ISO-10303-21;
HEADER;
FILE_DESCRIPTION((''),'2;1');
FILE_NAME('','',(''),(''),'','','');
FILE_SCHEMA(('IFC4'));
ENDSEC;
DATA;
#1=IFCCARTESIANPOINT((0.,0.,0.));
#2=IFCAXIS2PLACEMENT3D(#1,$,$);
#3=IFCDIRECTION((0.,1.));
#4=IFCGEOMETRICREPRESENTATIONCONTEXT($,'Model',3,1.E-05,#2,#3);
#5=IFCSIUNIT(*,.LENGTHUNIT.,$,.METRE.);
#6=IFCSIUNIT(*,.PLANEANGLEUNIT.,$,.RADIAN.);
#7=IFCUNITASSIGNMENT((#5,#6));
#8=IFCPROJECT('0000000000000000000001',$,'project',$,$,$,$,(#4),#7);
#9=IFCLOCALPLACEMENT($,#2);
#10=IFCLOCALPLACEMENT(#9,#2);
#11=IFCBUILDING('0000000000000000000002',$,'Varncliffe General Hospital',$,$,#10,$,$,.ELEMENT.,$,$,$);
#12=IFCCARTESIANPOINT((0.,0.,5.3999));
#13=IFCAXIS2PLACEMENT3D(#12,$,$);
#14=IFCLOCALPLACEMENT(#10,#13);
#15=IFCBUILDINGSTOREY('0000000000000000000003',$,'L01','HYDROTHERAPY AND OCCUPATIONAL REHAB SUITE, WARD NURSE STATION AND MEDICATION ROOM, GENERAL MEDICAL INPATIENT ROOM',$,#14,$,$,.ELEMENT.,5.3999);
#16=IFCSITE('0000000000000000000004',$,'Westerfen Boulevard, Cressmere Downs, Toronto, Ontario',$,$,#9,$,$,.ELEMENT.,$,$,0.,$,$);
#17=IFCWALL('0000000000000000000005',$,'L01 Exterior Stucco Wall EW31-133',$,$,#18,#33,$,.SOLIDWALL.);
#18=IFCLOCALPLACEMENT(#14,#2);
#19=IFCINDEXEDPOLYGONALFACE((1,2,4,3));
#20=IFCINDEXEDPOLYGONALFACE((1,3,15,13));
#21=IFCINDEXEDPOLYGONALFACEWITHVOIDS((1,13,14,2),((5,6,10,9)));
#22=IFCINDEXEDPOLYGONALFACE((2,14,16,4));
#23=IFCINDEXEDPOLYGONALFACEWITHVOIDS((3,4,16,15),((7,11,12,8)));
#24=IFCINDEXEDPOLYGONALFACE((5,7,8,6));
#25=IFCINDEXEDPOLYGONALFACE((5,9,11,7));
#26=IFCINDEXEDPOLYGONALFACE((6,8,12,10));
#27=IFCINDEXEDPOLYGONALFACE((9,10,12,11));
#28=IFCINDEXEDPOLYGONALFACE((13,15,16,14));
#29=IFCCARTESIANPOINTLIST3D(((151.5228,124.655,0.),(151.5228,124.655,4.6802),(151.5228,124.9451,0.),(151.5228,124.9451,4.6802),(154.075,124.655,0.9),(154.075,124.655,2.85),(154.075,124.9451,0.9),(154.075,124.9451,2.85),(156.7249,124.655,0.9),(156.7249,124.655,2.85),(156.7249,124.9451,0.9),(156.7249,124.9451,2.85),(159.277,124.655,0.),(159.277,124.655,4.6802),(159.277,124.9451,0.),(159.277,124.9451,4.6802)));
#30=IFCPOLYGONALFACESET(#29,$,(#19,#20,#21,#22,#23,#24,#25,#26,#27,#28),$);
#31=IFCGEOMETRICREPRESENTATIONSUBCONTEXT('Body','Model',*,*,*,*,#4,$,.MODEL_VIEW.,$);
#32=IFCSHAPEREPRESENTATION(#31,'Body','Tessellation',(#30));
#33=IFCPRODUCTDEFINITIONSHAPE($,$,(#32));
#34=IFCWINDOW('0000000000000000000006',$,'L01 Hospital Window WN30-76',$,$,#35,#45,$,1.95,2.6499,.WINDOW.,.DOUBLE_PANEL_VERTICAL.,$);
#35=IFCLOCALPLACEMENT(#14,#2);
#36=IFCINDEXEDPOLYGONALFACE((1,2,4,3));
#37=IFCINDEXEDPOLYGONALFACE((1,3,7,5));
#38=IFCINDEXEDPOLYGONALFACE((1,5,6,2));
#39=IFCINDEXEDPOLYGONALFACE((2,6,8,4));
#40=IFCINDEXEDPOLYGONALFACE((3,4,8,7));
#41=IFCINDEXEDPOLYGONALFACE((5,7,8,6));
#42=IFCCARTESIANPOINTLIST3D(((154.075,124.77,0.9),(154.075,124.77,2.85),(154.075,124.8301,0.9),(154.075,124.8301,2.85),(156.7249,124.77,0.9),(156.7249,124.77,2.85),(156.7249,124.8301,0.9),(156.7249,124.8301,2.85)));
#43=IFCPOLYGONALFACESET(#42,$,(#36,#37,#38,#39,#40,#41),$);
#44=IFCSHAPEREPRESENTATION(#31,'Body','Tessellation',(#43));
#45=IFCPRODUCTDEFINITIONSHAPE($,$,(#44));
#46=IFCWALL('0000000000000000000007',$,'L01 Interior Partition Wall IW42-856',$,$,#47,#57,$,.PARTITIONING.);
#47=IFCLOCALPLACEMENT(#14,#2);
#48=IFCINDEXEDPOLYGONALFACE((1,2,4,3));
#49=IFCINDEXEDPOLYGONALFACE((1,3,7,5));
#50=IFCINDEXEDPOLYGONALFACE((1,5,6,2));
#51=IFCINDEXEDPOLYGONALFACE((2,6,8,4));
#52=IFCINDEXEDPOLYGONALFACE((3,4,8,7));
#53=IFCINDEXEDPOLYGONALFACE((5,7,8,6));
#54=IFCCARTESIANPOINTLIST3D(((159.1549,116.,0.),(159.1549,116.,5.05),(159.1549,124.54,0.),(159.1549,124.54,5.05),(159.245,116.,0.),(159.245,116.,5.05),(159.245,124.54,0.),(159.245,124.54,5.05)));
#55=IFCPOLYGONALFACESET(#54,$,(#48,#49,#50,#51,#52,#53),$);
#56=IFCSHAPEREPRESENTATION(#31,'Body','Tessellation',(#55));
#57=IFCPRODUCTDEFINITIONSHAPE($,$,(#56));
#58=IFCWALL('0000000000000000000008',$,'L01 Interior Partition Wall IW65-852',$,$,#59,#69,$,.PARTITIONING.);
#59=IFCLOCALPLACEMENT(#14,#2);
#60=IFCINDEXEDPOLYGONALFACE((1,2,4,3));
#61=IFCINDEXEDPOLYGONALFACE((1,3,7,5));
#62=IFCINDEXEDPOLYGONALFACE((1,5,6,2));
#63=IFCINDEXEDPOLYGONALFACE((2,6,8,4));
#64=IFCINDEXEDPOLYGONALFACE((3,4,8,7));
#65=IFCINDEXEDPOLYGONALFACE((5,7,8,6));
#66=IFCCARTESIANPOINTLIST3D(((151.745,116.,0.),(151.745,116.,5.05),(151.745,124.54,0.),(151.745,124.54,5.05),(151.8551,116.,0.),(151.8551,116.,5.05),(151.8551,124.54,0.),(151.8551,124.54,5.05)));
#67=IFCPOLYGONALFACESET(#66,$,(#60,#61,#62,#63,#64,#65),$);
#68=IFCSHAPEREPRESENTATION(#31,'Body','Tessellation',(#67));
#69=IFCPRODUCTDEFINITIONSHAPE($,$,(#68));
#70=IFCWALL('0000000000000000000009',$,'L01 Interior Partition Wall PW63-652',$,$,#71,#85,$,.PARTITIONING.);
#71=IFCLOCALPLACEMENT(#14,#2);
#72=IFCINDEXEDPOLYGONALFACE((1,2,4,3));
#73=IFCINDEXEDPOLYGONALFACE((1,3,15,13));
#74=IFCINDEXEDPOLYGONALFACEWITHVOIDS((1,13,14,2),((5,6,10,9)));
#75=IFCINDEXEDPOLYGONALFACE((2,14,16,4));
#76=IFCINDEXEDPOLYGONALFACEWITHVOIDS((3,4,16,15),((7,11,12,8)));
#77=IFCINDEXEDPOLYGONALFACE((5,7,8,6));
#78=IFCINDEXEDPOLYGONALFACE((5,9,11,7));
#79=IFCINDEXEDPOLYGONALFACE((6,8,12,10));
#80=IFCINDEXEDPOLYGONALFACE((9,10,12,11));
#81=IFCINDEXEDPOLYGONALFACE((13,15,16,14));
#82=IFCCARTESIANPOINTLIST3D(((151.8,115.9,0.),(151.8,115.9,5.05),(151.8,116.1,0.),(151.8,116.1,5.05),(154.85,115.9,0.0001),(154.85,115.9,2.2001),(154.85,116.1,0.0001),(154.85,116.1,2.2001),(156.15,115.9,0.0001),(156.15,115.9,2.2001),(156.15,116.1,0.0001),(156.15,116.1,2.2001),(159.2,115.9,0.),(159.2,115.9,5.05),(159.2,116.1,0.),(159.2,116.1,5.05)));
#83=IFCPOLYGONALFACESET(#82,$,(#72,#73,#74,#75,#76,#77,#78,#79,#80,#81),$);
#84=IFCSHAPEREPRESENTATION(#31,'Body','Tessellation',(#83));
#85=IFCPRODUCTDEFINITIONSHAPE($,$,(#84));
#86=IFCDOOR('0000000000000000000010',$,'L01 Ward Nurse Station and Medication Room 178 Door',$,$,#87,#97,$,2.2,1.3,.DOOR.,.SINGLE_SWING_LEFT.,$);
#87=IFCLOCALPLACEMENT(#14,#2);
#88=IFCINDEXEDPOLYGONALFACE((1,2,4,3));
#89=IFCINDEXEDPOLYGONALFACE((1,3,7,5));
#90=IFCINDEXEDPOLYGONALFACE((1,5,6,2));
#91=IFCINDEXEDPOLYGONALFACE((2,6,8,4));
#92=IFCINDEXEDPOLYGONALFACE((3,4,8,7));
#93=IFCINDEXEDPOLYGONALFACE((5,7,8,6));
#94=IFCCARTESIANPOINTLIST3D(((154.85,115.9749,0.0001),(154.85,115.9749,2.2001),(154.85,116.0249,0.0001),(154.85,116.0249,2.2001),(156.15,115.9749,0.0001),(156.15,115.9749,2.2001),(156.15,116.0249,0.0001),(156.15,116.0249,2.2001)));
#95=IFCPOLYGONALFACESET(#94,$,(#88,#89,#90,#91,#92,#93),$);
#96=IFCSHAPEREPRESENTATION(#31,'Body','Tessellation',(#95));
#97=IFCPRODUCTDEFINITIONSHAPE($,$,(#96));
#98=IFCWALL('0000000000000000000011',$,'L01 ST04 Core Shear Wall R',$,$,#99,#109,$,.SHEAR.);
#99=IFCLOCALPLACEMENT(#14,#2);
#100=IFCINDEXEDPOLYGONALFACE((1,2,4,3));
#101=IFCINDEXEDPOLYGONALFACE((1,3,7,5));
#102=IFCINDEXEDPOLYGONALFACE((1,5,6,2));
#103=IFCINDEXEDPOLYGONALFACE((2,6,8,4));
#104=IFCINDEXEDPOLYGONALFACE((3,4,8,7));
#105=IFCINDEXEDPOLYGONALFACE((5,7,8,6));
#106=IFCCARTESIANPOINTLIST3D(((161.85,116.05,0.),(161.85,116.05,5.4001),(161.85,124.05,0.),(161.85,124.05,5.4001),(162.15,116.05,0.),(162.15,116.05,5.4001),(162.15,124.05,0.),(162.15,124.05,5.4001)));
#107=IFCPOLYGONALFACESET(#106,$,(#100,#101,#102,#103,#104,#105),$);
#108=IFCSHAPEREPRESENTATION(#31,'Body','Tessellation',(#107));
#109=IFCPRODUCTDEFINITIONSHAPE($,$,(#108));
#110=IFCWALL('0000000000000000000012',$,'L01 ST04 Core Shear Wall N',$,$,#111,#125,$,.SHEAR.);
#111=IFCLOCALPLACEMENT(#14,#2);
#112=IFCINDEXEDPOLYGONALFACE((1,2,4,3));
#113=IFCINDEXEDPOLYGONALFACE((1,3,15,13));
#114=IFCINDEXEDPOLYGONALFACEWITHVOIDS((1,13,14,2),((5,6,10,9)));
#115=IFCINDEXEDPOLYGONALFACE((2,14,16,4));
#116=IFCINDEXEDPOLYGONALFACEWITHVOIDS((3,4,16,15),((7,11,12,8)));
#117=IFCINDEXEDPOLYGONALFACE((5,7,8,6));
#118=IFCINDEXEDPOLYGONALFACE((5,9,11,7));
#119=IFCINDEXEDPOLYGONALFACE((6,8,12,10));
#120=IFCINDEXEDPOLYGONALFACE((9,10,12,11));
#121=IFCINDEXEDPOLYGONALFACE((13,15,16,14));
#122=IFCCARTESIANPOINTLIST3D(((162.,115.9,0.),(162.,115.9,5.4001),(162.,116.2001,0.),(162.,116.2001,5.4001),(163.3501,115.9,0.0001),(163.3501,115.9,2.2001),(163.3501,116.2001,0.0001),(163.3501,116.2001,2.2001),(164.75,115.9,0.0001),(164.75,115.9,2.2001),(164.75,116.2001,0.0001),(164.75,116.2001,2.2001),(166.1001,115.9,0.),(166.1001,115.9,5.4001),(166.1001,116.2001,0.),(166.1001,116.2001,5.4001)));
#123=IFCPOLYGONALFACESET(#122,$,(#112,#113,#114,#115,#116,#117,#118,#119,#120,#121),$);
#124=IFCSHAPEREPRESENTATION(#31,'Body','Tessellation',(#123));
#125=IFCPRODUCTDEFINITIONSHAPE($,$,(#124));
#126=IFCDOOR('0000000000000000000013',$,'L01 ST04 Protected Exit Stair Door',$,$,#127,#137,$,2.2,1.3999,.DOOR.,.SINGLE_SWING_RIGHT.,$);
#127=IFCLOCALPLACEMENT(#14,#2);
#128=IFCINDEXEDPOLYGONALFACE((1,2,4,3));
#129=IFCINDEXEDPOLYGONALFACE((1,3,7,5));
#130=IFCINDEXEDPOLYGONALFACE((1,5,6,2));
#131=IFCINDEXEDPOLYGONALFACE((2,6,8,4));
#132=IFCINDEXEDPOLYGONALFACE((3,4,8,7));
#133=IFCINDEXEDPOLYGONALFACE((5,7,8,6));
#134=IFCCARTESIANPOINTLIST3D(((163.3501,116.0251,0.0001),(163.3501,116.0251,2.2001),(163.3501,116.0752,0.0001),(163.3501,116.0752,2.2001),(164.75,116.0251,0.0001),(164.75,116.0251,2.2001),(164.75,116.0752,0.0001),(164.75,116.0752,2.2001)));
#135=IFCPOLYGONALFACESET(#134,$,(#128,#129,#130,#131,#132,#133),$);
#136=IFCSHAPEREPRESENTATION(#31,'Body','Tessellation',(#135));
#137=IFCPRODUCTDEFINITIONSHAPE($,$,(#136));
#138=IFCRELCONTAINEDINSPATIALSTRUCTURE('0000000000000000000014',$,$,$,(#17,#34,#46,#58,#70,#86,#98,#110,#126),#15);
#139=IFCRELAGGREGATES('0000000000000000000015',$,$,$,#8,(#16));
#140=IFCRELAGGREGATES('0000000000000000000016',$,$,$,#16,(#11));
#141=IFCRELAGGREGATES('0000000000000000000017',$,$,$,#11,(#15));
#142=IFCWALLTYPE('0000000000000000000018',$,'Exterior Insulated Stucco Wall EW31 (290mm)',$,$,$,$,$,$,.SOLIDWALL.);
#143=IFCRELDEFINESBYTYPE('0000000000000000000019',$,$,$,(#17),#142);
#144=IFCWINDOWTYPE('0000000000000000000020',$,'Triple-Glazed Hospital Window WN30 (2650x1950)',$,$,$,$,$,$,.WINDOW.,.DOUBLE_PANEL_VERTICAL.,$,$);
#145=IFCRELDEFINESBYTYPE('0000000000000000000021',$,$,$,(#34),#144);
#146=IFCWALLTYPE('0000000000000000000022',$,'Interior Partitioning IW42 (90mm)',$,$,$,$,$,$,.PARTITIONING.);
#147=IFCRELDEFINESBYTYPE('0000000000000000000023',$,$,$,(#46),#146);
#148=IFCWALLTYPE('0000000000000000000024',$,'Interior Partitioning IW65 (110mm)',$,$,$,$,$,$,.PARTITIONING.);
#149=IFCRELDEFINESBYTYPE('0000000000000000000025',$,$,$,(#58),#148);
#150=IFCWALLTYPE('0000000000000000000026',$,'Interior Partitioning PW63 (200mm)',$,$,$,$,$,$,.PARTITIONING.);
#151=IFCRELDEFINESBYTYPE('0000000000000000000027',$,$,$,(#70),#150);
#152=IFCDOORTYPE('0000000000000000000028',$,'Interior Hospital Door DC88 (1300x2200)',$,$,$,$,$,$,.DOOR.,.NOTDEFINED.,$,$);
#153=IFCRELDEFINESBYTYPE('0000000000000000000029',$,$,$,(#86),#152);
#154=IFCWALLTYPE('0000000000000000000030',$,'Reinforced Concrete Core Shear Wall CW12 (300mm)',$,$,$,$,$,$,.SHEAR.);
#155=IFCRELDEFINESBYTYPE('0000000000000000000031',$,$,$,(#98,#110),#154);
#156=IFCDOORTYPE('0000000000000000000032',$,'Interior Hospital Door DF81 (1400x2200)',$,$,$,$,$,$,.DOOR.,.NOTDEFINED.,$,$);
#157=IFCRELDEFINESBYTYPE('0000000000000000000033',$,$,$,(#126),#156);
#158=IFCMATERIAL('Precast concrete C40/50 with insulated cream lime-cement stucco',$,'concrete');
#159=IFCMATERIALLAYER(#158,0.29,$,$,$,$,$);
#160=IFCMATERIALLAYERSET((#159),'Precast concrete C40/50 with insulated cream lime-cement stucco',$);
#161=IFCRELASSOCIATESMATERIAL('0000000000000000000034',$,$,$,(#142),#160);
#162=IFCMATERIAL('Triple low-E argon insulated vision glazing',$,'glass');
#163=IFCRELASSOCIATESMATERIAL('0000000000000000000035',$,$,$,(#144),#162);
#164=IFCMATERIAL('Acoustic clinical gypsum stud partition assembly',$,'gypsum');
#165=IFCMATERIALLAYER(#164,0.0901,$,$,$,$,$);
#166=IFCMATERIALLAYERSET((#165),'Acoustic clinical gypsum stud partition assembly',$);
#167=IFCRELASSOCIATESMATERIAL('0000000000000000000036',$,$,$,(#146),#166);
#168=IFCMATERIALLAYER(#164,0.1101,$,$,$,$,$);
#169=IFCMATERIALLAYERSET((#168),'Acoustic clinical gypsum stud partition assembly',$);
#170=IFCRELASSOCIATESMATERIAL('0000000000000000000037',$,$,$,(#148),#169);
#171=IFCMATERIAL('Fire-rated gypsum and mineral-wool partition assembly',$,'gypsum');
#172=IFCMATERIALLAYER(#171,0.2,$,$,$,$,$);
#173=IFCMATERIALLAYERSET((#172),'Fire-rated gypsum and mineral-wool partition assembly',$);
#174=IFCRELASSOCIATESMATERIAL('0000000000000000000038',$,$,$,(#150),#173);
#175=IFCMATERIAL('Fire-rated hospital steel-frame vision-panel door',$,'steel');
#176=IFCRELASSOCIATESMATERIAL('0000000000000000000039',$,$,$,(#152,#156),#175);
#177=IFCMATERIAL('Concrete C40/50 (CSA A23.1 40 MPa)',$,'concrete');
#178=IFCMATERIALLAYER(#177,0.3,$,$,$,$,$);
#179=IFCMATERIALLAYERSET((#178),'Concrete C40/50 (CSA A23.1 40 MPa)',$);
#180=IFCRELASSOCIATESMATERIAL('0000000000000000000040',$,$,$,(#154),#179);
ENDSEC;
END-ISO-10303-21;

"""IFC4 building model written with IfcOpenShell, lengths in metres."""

from ifc_helpers import new_model, si_unit, direction, frame, frame_2d, origin, place, context, subcontext, project, spatial, rectangle, extrude, material, layer, layer_set, type_object, element, fill, save


model = new_model("IFC4")

# Units and contexts
model_context = context("Model", 3, precision=1e-05, world=origin(), true_north=direction((0.0, 1.0)))
body_context = subcontext(model_context, "Body", "Model", "MODEL_VIEW")
ifc_project = project(units=[si_unit("LENGTHUNIT", "METRE"), si_unit("PLANEANGLEUNIT", "RADIAN")], contexts=[model_context])

# Site, building, storey
site_placement = place(None, origin())
site = spatial("IfcSite", under=ifc_project, at=site_placement, Name="Westerfen Boulevard, Cressmere Downs, Toronto, Ontario", CompositionType="ELEMENT", RefElevation=0.0)
building_placement = place(site_placement, origin())
building = spatial("IfcBuilding", under=site, at=building_placement, Name="Varncliffe General Hospital", CompositionType="ELEMENT")
storey_placement = place(building_placement, frame((0.0, 0.0, 5.3999)))
storey = spatial("IfcBuildingStorey", under=building, at=storey_placement, Name="L01", Description="HYDROTHERAPY AND OCCUPATIONAL REHAB SUITE, WARD NURSE STATION AND MEDICATION ROOM, GENERAL MEDICAL INPATIENT ROOM", CompositionType="ELEMENT", Elevation=5.3999)

# Shared definitions
ifc_material_1 = material(Name="Concrete C40/50 (CSA A23.1 40 MPa)", Category="concrete")

# Wall, opening, window
ifc_material_2 = material(Name="Precast concrete C40/50 with insulated cream lime-cement stucco", Category="concrete")
ifc_material_3 = material(Name="Triple low-E argon insulated vision glazing", Category="glass")
ifc_layer_1 = layer(ifc_material_2, 0.29)
ifc_layer_set_1 = layer_set([ifc_layer_1], Name="Precast concrete C40/50 with insulated cream lime-cement stucco")
wall_type_1 = type_object("IfcWallType", Name="Exterior Insulated Stucco Wall EW31 (290mm)", PredefinedType="SOLIDWALL", material=ifc_layer_set_1)
wall_1_placement = place(storey_placement, frame((151.5229, 124.8, 0.0), z_axis=(0.0, 0.0, 1.0), x_axis=(1.0, 0.0, 0.0)))
wall_1 = element("IfcWall", 1, at=wall_1_placement, inside=storey, type_object=wall_type_1, Name="L01 Exterior Stucco Wall EW31-133", PredefinedType="SOLIDWALL", context=body_context, shape_type="SweptSolid", body=[
    extrude(rectangle(XDim=7.7542, YDim=0.29, at=frame_2d((3.877, 0.0))), origin(), (0.0, 0.0, 1.0), 4.6802),
])
opening_1_placement = place(wall_1_placement, frame((2.552, 0.0, 0.8999)))
opening_1 = element("IfcOpeningElement", 2, at=opening_1_placement, cuts=wall_1, PredefinedType="OPENING", context=body_context, shape_type="SweptSolid", body=[
    extrude(rectangle(XDim=2.6499, YDim=1.95, at=frame_2d((1.325, 0.9751))), frame((0.0, 0.155, 0.0), z_axis=(0.0, -1.0, 0.0), x_axis=(1.0, 0.0, 0.0)), (0.0, 0.0, 1.0), 0.3101),
])
window_type_1 = type_object("IfcWindowType", Name="Triple-Glazed Hospital Window WN30 (2650x1950)", PartitioningType="DOUBLE_PANEL_VERTICAL", PredefinedType="WINDOW", material=ifc_material_3)
window_1_placement = place(opening_1_placement, origin())
window_1 = element("IfcWindow", 3, at=window_1_placement, inside=storey, type_object=window_type_1, Name="L01 Hospital Window WN30-76", OverallHeight=1.95, OverallWidth=2.6499, PartitioningType="DOUBLE_PANEL_VERTICAL", PredefinedType="WINDOW", context=body_context, shape_type="SweptSolid", body=[
    extrude(rectangle(XDim=2.6499, YDim=1.95, at=frame_2d((1.325, 0.9751))), frame((0.0, 0.03, 0.0), z_axis=(0.0, -1.0, 0.0), x_axis=(1.0, 0.0, 0.0)), (0.0, 0.0, 1.0), 0.0601),
])
fill(opening_1, window_1)

# Walls
ifc_material_4 = material(Name="Acoustic clinical gypsum stud partition assembly", Category="gypsum")
ifc_layer_2 = layer(ifc_material_4, 0.0901)
ifc_layer_set_2 = layer_set([ifc_layer_2], Name="Acoustic clinical gypsum stud partition assembly")
wall_type_2 = type_object("IfcWallType", Name="Interior Partitioning IW42 (90mm)", PredefinedType="PARTITIONING", material=ifc_layer_set_2)
wall_2_placement = place(storey_placement, frame((159.2, 116.0, 0.0), z_axis=(0.0, 0.0, 1.0), x_axis=(0.0, 1.0, 0.0)))
element("IfcWall", 4, at=wall_2_placement, inside=storey, type_object=wall_type_2, Name="L01 Interior Partition Wall IW42-856", PredefinedType="PARTITIONING", context=body_context, shape_type="SweptSolid", body=[
    extrude(rectangle(XDim=8.54, YDim=0.0901, at=frame_2d((4.27, 0.0))), origin(), (0.0, 0.0, 1.0), 5.05),
])
ifc_layer_3 = layer(ifc_material_4, 0.1101)
ifc_layer_set_3 = layer_set([ifc_layer_3], Name="Acoustic clinical gypsum stud partition assembly")
wall_type_3 = type_object("IfcWallType", Name="Interior Partitioning IW65 (110mm)", PredefinedType="PARTITIONING", material=ifc_layer_set_3)
wall_3_placement = place(storey_placement, frame((151.8, 116.0, 0.0), z_axis=(0.0, 0.0, 1.0), x_axis=(0.0, 1.0, 0.0)))
element("IfcWall", 5, at=wall_3_placement, inside=storey, type_object=wall_type_3, Name="L01 Interior Partition Wall IW65-852", PredefinedType="PARTITIONING", context=body_context, shape_type="SweptSolid", body=[
    extrude(rectangle(XDim=8.54, YDim=0.1101, at=frame_2d((4.27, 0.0))), origin(), (0.0, 0.0, 1.0), 5.05),
])

# Wall, opening, door
ifc_material_5 = material(Name="Fire-rated gypsum and mineral-wool partition assembly", Category="gypsum")
ifc_layer_4 = layer(ifc_material_5, 0.2)
ifc_layer_set_4 = layer_set([ifc_layer_4], Name="Fire-rated gypsum and mineral-wool partition assembly")
wall_type_4 = type_object("IfcWallType", Name="Interior Partitioning PW63 (200mm)", PredefinedType="PARTITIONING", material=ifc_layer_set_4)
wall_4_placement = place(storey_placement, frame((151.8, 116.0, 0.0), z_axis=(0.0, 0.0, 1.0), x_axis=(1.0, 0.0, 0.0)))
wall_4 = element("IfcWall", 6, at=wall_4_placement, inside=storey, type_object=wall_type_4, Name="L01 Interior Partition Wall PW63-652", PredefinedType="PARTITIONING", context=body_context, shape_type="SweptSolid", body=[
    extrude(rectangle(XDim=7.3999, YDim=0.2, at=frame_2d((3.7, 0.0))), origin(), (0.0, 0.0, 1.0), 5.05),
])
opening_2_placement = place(wall_4_placement, frame((3.05, 0.0, 0.0)))
opening_2 = element("IfcOpeningElement", 7, at=opening_2_placement, cuts=wall_4, PredefinedType="OPENING", context=body_context, shape_type="SweptSolid", body=[
    extrude(rectangle(XDim=1.3, YDim=2.2, at=frame_2d((0.6499, 1.1001))), frame((0.0, 0.1099, 0.0), z_axis=(0.0, -1.0, 0.0), x_axis=(1.0, 0.0, 0.0)), (0.0, 0.0, 1.0), 0.22),
])
ifc_material_6 = material(Name="Fire-rated hospital steel-frame vision-panel door", Category="steel")
door_type_1 = type_object("IfcDoorType", Name="Interior Hospital Door DC88 (1300x2200)", OperationType="NOTDEFINED", PredefinedType="DOOR", material=ifc_material_6)
door_1_placement = place(opening_2_placement, origin())
door_1 = element("IfcDoor", 8, at=door_1_placement, inside=storey, type_object=door_type_1, Name="L01 Ward Nurse Station and Medication Room 178 Door", OperationType="SINGLE_SWING_LEFT", OverallHeight=2.2, OverallWidth=1.3, PredefinedType="DOOR", context=body_context, shape_type="SweptSolid", body=[
    extrude(rectangle(XDim=1.3, YDim=2.2, at=frame_2d((0.6499, 1.1001))), frame((0.0, 0.0249, 0.0), z_axis=(0.0, -1.0, 0.0), x_axis=(1.0, 0.0, 0.0)), (0.0, 0.0, 1.0), 0.05),
])
fill(opening_2, door_1)

# Wall
ifc_layer_5 = layer(ifc_material_1, 0.3)
ifc_layer_set_5 = layer_set([ifc_layer_5], Name="Concrete C40/50 (CSA A23.1 40 MPa)")
wall_type_5 = type_object("IfcWallType", Name="Reinforced Concrete Core Shear Wall CW12 (300mm)", PredefinedType="SHEAR", material=ifc_layer_set_5)
wall_5_placement = place(storey_placement, frame((162.0, 124.05, 0.0), z_axis=(0.0, 0.0, 1.0), x_axis=(0.0, -1.0, 0.0)))
element("IfcWall", 9, at=wall_5_placement, inside=storey, type_object=wall_type_5, Name="L01 ST04 Core Shear Wall R", PredefinedType="SHEAR", context=body_context, shape_type="SweptSolid", body=[
    extrude(rectangle(XDim=8.0, YDim=0.3, at=frame_2d((4.0, 0.0))), origin(), (0.0, 0.0, 1.0), 5.4001),
])

# Wall, opening, door
wall_6_placement = place(storey_placement, frame((162.0, 116.05, 0.0), z_axis=(0.0, 0.0, 1.0), x_axis=(1.0, 0.0, 0.0)))
wall_6 = element("IfcWall", 10, at=wall_6_placement, inside=storey, type_object=wall_type_5, Name="L01 ST04 Core Shear Wall N", PredefinedType="SHEAR", context=body_context, shape_type="SweptSolid", body=[
    extrude(rectangle(XDim=4.1001, YDim=0.3, at=frame_2d((2.05, 0.0))), origin(), (0.0, 0.0, 1.0), 5.4001),
])
opening_3_placement = place(wall_6_placement, frame((1.3501, 0.0, 0.0)))
opening_3 = element("IfcOpeningElement", 11, at=opening_3_placement, cuts=wall_6, PredefinedType="OPENING", context=body_context, shape_type="SweptSolid", body=[
    extrude(rectangle(XDim=1.3999, YDim=2.2, at=frame_2d((0.7, 1.1001))), frame((0.0, 0.1602, 0.0), z_axis=(0.0, -1.0, 0.0), x_axis=(1.0, 0.0, 0.0)), (0.0, 0.0, 1.0), 0.3201),
])
door_type_2 = type_object("IfcDoorType", Name="Interior Hospital Door DF81 (1400x2200)", OperationType="NOTDEFINED", PredefinedType="DOOR", material=ifc_material_6)
door_2_placement = place(opening_3_placement, frame((1.3999, 0.0, 0.0), z_axis=(0.0, 0.0, 1.0), x_axis=(-1.0, 0.0, 0.0)))
door_2 = element("IfcDoor", 12, at=door_2_placement, inside=storey, type_object=door_type_2, Name="L01 ST04 Protected Exit Stair Door", OperationType="SINGLE_SWING_RIGHT", OverallHeight=2.2, OverallWidth=1.3999, PredefinedType="DOOR", context=body_context, shape_type="SweptSolid", body=[
    extrude(rectangle(XDim=1.3999, YDim=2.2, at=frame_2d((0.7, 1.1001))), frame((0.0, 0.0249, 0.0), z_axis=(0.0, -1.0, 0.0), x_axis=(1.0, 0.0, 0.0)), (0.0, 0.0, 1.0), 0.05),
])
fill(opening_3, door_2)

save(model, "model.ifc")
